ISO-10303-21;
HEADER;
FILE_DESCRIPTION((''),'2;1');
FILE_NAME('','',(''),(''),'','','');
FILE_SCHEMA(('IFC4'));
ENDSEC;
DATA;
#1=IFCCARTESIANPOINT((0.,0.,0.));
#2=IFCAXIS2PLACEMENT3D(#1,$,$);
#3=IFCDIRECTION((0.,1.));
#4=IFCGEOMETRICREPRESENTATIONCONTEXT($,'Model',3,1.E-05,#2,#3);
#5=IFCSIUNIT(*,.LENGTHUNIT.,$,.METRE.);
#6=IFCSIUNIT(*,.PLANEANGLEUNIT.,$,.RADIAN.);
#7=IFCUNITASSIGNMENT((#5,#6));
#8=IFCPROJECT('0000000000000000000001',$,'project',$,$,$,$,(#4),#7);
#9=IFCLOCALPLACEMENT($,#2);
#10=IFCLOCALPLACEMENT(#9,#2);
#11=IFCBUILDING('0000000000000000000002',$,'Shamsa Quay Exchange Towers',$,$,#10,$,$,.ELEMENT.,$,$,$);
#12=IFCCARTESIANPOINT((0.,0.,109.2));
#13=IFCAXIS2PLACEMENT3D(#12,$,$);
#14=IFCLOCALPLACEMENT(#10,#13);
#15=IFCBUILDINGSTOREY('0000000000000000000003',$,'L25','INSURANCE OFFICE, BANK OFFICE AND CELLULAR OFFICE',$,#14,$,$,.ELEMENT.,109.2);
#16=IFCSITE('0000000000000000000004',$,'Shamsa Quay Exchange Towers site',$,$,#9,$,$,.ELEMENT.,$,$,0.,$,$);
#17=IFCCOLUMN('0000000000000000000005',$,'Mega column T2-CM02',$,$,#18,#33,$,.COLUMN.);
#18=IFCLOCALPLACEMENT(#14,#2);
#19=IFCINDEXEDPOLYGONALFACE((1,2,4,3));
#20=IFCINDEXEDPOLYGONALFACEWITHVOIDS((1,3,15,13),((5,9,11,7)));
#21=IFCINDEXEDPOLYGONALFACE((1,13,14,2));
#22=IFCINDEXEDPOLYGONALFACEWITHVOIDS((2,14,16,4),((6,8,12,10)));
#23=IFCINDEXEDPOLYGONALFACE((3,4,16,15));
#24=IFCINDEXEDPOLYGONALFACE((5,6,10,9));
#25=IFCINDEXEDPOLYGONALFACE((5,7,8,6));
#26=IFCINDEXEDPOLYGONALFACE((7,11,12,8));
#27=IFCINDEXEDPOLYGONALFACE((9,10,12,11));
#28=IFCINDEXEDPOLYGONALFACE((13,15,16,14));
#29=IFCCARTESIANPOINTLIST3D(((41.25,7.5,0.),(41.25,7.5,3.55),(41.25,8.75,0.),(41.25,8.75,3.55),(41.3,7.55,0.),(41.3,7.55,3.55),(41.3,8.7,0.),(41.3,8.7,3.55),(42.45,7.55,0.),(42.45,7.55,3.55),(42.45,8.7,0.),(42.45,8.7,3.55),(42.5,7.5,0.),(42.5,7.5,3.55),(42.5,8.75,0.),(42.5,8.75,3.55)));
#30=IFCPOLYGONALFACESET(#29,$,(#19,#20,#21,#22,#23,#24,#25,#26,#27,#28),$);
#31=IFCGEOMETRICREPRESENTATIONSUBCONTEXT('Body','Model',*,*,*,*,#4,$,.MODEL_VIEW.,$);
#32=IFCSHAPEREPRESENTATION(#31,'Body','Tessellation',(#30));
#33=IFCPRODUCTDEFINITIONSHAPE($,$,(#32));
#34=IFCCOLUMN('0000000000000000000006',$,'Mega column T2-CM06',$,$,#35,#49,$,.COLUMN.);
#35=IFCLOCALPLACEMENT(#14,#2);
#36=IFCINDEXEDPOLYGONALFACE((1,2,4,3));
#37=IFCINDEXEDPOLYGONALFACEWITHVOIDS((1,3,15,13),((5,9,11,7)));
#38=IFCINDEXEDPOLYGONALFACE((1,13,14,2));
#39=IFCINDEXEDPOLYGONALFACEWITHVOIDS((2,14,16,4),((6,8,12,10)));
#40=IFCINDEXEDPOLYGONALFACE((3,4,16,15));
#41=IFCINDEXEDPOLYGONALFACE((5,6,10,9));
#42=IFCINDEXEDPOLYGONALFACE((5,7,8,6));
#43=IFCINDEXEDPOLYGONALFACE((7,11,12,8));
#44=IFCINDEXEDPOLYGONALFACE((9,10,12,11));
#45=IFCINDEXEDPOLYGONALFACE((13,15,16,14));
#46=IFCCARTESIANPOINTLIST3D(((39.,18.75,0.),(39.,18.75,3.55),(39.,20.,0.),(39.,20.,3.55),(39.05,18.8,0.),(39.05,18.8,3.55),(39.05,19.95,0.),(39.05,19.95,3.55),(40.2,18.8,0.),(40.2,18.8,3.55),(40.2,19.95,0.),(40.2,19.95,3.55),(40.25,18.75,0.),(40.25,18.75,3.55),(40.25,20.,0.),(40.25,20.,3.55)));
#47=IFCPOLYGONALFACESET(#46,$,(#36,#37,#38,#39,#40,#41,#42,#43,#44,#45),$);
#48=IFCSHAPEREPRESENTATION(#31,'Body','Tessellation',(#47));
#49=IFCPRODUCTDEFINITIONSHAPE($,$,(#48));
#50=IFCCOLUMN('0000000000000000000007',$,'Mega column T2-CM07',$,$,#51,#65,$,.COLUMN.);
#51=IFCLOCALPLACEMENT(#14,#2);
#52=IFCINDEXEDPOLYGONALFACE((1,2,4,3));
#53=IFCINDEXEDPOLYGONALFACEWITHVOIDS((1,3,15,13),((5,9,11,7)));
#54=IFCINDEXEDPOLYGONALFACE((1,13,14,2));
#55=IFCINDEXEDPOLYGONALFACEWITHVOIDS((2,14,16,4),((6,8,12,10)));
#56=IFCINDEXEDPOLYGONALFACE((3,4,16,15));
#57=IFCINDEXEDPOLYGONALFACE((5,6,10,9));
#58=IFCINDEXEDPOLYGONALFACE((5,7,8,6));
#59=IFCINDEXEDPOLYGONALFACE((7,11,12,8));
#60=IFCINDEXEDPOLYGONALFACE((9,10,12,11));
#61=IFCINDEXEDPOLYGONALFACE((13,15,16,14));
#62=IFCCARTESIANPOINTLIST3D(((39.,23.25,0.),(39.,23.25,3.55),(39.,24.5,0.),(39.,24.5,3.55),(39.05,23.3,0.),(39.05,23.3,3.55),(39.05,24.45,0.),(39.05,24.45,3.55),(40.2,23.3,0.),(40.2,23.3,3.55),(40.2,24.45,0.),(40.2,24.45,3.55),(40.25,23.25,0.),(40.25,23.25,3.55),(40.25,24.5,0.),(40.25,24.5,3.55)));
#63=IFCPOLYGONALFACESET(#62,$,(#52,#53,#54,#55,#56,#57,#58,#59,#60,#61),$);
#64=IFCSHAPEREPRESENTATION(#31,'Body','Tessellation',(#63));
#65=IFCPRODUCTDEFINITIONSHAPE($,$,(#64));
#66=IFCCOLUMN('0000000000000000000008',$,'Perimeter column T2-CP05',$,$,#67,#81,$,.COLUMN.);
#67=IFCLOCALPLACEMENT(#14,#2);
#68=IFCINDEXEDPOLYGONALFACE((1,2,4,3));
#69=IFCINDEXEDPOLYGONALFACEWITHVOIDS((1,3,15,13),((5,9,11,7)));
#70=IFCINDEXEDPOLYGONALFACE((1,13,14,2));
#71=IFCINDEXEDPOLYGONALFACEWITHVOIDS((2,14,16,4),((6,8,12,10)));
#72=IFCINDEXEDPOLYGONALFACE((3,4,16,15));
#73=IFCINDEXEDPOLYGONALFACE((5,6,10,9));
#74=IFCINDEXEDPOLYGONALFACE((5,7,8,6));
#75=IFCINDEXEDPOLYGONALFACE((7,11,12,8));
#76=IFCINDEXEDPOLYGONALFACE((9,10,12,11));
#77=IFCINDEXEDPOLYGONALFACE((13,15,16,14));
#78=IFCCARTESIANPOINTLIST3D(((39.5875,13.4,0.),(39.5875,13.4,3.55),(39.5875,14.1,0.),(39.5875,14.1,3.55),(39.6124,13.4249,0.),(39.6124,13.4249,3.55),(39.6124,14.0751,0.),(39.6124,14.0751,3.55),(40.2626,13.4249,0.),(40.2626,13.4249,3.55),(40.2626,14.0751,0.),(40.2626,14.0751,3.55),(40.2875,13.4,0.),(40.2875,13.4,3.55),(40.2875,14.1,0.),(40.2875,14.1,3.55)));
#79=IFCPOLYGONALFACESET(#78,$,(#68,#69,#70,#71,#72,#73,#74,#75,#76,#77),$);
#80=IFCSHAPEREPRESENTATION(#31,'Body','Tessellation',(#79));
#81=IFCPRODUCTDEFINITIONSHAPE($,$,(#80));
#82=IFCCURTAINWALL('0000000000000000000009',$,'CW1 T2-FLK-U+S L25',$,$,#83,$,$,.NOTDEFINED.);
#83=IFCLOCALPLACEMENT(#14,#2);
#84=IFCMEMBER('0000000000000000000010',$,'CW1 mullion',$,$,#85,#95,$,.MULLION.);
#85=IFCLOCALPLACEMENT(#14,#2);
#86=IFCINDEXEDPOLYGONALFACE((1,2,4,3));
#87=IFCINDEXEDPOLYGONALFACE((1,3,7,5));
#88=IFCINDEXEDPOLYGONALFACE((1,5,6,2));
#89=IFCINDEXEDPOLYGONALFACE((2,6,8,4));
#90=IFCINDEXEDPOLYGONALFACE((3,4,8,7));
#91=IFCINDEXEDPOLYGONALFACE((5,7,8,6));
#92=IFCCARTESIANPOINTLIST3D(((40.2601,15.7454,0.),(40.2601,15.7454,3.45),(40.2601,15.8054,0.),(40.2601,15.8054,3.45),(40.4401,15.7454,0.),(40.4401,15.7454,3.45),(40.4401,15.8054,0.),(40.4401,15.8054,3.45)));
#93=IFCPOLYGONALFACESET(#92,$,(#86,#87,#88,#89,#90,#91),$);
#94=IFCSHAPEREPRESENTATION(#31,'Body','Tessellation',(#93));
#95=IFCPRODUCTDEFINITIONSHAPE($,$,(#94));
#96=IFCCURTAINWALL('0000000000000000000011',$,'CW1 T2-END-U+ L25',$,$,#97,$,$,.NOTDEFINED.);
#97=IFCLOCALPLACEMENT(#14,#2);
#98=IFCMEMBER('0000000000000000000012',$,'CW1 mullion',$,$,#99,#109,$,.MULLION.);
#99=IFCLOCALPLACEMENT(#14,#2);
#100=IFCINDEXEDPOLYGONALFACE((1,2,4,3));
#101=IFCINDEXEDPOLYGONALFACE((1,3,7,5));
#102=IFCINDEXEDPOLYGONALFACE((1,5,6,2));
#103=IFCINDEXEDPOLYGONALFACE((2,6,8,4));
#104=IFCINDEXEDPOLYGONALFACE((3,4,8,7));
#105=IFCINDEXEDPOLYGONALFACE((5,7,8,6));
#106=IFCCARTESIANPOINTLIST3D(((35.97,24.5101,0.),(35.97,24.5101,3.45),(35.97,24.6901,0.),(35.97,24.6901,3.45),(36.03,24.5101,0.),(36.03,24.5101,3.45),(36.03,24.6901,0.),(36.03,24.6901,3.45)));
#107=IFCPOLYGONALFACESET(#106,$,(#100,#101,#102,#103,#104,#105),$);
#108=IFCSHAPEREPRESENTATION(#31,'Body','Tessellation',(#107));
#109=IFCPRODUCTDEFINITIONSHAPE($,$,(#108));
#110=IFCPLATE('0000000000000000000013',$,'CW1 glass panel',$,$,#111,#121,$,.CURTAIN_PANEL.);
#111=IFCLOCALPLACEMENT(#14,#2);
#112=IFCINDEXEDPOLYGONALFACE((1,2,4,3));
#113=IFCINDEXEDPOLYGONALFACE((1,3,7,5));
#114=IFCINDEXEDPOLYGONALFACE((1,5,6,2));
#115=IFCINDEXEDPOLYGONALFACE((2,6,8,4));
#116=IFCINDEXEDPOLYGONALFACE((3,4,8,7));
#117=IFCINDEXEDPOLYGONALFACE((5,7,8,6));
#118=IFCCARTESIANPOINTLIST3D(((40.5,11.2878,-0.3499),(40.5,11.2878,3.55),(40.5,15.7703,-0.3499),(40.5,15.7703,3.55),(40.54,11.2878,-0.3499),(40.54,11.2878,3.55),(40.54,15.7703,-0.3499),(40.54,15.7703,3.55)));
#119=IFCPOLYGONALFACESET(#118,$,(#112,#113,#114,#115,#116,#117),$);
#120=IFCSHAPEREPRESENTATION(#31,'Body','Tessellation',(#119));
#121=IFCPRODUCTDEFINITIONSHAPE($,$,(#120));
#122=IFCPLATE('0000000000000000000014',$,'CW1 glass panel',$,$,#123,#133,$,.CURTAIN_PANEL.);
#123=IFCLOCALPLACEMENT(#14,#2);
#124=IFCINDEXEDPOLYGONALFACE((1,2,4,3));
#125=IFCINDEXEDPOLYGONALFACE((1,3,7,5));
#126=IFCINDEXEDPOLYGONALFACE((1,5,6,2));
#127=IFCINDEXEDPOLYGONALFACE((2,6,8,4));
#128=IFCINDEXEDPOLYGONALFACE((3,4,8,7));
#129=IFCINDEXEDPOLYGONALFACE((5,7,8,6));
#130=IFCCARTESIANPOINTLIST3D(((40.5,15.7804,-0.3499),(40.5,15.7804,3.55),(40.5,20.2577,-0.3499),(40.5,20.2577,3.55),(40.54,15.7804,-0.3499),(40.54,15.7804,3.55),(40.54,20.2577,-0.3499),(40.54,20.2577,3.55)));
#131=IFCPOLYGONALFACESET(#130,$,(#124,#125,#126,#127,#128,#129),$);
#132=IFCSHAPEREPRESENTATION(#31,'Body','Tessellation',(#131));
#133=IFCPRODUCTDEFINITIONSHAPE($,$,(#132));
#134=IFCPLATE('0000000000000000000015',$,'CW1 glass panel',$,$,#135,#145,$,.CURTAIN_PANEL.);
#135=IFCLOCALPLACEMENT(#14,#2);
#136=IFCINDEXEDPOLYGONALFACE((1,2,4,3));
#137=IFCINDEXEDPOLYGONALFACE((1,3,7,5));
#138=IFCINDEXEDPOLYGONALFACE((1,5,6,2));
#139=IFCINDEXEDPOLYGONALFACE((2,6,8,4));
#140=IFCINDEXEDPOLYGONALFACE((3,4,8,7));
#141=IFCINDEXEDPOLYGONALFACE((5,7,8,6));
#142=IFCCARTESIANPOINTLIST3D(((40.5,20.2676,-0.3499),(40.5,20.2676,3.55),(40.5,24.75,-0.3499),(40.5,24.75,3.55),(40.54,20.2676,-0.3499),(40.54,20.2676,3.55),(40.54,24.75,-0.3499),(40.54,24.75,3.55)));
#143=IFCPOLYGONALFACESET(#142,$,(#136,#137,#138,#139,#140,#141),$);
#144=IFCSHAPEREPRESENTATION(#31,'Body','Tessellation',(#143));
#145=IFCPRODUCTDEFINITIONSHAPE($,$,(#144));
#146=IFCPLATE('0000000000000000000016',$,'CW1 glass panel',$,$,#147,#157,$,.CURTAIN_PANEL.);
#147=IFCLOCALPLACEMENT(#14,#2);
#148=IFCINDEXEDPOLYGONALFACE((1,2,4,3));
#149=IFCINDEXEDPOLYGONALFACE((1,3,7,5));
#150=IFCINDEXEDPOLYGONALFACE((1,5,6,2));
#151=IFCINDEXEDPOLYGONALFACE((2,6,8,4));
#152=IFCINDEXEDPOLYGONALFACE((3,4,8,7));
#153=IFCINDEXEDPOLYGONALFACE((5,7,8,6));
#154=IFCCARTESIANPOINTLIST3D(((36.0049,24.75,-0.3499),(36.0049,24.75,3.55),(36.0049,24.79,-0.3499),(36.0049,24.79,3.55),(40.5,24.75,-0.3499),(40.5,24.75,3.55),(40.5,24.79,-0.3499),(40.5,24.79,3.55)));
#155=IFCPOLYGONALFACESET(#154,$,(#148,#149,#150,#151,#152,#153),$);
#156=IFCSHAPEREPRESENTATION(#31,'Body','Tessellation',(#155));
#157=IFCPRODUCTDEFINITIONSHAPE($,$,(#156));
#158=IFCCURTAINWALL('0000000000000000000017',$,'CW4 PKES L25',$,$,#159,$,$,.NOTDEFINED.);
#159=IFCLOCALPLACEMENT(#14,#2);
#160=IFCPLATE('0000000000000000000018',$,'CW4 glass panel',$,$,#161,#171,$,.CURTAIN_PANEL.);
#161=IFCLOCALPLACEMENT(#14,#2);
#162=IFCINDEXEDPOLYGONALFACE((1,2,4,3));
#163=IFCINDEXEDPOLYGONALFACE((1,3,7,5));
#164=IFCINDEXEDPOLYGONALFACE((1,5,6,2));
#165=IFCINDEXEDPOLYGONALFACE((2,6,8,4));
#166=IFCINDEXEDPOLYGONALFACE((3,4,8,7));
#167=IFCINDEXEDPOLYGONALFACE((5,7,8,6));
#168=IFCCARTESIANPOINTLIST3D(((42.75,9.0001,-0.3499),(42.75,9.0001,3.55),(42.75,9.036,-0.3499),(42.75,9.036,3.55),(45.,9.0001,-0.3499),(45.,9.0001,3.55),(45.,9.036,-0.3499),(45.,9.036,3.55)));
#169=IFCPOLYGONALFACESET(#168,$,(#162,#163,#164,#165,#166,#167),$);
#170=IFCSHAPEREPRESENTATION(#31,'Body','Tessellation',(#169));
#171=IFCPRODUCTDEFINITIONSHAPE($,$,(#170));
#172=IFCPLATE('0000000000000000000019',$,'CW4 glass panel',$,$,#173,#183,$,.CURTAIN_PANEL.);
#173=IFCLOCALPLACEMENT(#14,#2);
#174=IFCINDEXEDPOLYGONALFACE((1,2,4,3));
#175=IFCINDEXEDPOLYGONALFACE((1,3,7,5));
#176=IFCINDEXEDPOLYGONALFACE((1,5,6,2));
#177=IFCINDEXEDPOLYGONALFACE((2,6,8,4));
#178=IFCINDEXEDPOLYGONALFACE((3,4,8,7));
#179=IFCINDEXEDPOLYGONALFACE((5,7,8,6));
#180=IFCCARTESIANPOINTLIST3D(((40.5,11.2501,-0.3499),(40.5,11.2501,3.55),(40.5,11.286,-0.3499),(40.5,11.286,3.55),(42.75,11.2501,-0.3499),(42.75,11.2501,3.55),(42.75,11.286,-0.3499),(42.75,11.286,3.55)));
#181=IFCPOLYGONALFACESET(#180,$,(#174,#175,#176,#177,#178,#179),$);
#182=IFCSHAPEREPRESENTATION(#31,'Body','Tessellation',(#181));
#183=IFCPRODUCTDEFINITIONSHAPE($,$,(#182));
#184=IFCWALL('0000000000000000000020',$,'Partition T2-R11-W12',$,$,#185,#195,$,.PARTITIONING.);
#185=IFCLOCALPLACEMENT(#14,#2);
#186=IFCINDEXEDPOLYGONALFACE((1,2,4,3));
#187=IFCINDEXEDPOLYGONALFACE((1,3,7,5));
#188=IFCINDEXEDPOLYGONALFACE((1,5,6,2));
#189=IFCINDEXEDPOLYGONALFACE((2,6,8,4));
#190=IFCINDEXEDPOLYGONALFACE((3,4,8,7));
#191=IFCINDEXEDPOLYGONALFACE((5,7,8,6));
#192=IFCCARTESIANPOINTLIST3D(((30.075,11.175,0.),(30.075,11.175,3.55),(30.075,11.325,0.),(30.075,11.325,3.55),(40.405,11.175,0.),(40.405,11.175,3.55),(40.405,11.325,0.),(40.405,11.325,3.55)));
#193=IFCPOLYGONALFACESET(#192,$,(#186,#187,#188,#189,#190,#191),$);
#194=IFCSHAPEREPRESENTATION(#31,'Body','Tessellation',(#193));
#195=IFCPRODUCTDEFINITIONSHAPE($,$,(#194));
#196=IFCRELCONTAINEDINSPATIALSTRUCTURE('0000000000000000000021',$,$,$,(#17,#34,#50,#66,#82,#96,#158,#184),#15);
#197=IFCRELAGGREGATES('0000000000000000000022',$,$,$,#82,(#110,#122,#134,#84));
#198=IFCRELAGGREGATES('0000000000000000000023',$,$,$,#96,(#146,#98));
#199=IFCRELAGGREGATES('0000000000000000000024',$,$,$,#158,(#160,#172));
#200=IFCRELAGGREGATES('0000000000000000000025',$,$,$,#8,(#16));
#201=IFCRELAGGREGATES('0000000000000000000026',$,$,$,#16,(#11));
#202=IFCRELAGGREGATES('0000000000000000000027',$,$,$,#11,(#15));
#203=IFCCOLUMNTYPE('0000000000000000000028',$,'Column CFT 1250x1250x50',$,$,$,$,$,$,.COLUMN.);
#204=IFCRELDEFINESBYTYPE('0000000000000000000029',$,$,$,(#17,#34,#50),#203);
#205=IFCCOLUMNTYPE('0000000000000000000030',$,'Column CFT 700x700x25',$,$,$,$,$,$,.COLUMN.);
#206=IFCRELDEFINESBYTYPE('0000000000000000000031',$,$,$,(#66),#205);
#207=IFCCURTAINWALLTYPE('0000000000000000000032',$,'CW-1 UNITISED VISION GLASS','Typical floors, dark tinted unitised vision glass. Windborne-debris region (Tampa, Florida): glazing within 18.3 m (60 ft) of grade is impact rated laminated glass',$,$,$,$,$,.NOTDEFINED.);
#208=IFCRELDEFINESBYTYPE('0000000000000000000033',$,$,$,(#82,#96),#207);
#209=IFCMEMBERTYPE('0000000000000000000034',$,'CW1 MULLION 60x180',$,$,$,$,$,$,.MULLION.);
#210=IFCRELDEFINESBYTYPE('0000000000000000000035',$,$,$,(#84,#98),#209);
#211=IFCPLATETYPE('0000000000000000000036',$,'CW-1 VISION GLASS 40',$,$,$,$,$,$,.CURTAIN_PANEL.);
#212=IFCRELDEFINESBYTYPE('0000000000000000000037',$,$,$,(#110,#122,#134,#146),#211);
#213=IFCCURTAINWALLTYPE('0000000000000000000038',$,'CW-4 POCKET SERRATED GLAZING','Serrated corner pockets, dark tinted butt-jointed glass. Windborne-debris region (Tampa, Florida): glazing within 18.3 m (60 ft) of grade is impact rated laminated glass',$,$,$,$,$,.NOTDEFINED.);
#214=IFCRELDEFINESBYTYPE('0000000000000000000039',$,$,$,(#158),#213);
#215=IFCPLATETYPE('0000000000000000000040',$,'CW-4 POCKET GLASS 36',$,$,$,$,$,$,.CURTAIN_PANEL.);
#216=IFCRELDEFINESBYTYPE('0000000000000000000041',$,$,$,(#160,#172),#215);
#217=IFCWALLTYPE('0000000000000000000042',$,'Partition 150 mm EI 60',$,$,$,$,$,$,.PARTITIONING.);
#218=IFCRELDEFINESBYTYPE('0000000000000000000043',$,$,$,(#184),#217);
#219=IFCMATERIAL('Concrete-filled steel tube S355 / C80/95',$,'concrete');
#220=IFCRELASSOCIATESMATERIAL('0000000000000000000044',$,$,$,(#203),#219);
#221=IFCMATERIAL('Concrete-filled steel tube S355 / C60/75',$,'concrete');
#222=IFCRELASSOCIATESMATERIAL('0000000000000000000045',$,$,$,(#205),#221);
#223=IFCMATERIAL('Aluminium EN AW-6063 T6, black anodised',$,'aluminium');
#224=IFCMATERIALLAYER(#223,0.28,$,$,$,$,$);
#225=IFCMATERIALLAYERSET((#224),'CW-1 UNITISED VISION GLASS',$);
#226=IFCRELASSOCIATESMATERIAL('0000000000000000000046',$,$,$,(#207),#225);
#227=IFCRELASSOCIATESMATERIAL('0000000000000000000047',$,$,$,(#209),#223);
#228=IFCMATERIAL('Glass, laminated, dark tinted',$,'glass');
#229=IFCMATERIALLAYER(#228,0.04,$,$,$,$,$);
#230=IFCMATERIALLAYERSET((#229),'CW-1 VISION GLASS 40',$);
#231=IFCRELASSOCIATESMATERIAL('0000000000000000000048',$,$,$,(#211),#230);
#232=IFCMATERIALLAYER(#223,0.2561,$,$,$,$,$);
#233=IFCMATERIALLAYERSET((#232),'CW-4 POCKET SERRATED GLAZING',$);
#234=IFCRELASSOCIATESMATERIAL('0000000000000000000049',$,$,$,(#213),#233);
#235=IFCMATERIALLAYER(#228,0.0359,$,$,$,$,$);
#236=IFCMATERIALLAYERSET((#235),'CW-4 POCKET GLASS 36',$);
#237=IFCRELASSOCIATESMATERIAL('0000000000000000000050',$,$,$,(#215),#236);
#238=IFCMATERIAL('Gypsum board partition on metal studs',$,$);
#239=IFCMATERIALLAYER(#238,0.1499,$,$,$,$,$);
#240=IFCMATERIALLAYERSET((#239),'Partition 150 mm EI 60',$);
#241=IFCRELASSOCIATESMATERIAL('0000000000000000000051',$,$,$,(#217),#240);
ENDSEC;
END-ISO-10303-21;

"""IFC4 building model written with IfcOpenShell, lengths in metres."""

from ifc_helpers import new_model, si_unit, direction, frame, frame_2d, origin, origin_2d, place, context, subcontext, project, spatial, rectangle, hollow_rectangle, extrude, material, layer, layer_set, material_profile, profile_set, type_object, element, aggregate, save


model = new_model("IFC4")

# Units and contexts
model_context = context("Model", 3, precision=1e-05, world=origin(), true_north=direction((0.0, 1.0)))
body_context = subcontext(model_context, "Body", "Model", "MODEL_VIEW")
ifc_project = project(units=[si_unit("LENGTHUNIT", "METRE"), si_unit("PLANEANGLEUNIT", "RADIAN")], contexts=[model_context])

# Site, building, storey
site_placement = place(None, origin())
site = spatial("IfcSite", under=ifc_project, at=site_placement, Name="Shamsa Quay Exchange Towers site", CompositionType="ELEMENT", RefElevation=0.0)
building_placement = place(site_placement, origin())
building = spatial("IfcBuilding", under=site, at=building_placement, Name="Shamsa Quay Exchange Towers", CompositionType="ELEMENT")
storey_placement = place(building_placement, frame((0.0, 0.0, 109.2)))
storey = spatial("IfcBuildingStorey", under=building, at=storey_placement, Name="L25", Description="INSURANCE OFFICE, BANK OFFICE AND CELLULAR OFFICE", CompositionType="ELEMENT", Elevation=109.2)

# Columns
ifc_material_1 = material(Name="Concrete-filled steel tube S355 / C80/95", Category="concrete")
ifc_material_profile_1 = material_profile(ifc_material_1, hollow_rectangle(XDim=1.25, YDim=1.25, WallThickness=0.05, at=origin_2d()), Name="CFT 1250x1250x50")
ifc_profile_set_1 = profile_set([ifc_material_profile_1], Name="Concrete-filled steel tube S355 / C80/95")
column_type_1 = type_object("IfcColumnType", Name="Column CFT 1250x1250x50", PredefinedType="COLUMN", material=ifc_profile_set_1)
for number, where, name in (
    (1, (41.875, 8.125, 0.0), "Mega column T2-CM02"),
    (2, (39.625, 19.375, 0.0), "Mega column T2-CM06"),
    (3, (39.625, 23.875, 0.0), "Mega column T2-CM07"),
):
    element("IfcColumn", number, at=place(storey_placement, frame(where)), inside=storey, type_object=column_type_1, Name=name, PredefinedType="COLUMN", context=body_context, shape_type="SweptSolid", body=[
        extrude(hollow_rectangle(XDim=1.25, YDim=1.25, WallThickness=0.05, at=origin_2d()), origin(), (0.0, 0.0, 1.0), 3.55),
    ])
ifc_material_2 = material(Name="Concrete-filled steel tube S355 / C60/75", Category="concrete")
ifc_material_profile_2 = material_profile(ifc_material_2, hollow_rectangle(XDim=0.7, YDim=0.7, WallThickness=0.0249, at=origin_2d()), Name="CFT 700x700x25")
ifc_profile_set_2 = profile_set([ifc_material_profile_2], Name="Concrete-filled steel tube S355 / C60/75")
column_type_2 = type_object("IfcColumnType", Name="Column CFT 700x700x25", PredefinedType="COLUMN", material=ifc_profile_set_2)
column_placement = place(storey_placement, frame((39.9375, 13.75, 0.0)))
element("IfcColumn", 4, at=column_placement, inside=storey, type_object=column_type_2, Name="Perimeter column T2-CP05", PredefinedType="COLUMN", context=body_context, shape_type="SweptSolid", body=[
    extrude(hollow_rectangle(XDim=0.7, YDim=0.7, WallThickness=0.0249, at=origin_2d()), origin(), (0.0, 0.0, 1.0), 3.55),
])

# Curtain walls, members
ifc_material_3 = material(Name="Aluminium EN AW-6063 T6, black anodised", Category="aluminium")
ifc_layer_1 = layer(ifc_material_3, 0.28)
ifc_layer_set_1 = layer_set([ifc_layer_1], Name="CW-1 UNITISED VISION GLASS")
curtain_wall_type_1 = type_object("IfcCurtainWallType", Name="CW-1 UNITISED VISION GLASS", Description="Typical floors, dark tinted unitised vision glass. Windborne-debris region (Tampa, Florida): glazing within 18.3 m (60 ft) of grade is impact rated laminated glass", PredefinedType="NOTDEFINED", material=ifc_layer_set_1)
curtain_wall_1_placement = place(storey_placement, origin())
curtain_wall_1 = element("IfcCurtainWall", 5, at=curtain_wall_1_placement, inside=storey, type_object=curtain_wall_type_1, Name="CW1 T2-FLK-U+S L25", PredefinedType="NOTDEFINED")
ifc_material_profile_3 = material_profile(ifc_material_3, rectangle(XDim=0.1799, YDim=0.0601, at=origin_2d()), Name="MU60x180")
ifc_profile_set_3 = profile_set([ifc_material_profile_3], Name="Aluminium EN AW-6063 T6, black anodised")
member_type = type_object("IfcMemberType", Name="CW1 MULLION 60x180", PredefinedType="MULLION", material=ifc_profile_set_3)
member_1_placement = place(storey_placement, frame((40.3501, 15.7754, 0.0), z_axis=(0.0, 0.0, 1.0), x_axis=(-1.0, 0.0, 0.0)))
member_1 = element("IfcMember", 6, at=member_1_placement, type_object=member_type, Name="CW1 mullion", PredefinedType="MULLION", context=body_context, shape_type="SweptSolid", body=[
    extrude(rectangle(XDim=0.1799, YDim=0.0601, at=origin_2d()), origin(), (0.0, 0.0, 1.0), 3.45),
])
curtain_wall_2_placement = place(storey_placement, origin())
curtain_wall_2 = element("IfcCurtainWall", 7, at=curtain_wall_2_placement, inside=storey, type_object=curtain_wall_type_1, Name="CW1 T2-END-U+ L25", PredefinedType="NOTDEFINED")
member_2_placement = place(storey_placement, frame((36.0, 24.6001, 0.0), z_axis=(0.0, 0.0, 1.0), x_axis=(0.0, -1.0, 0.0)))
member_2 = element("IfcMember", 8, at=member_2_placement, type_object=member_type, Name="CW1 mullion", PredefinedType="MULLION", context=body_context, shape_type="SweptSolid", body=[
    extrude(rectangle(XDim=0.1799, YDim=0.0601, at=origin_2d()), origin(), (0.0, 0.0, 1.0), 3.45),
])

# Plates
ifc_material_4 = material(Name="Glass, laminated, dark tinted", Category="glass")
ifc_layer_2 = layer(ifc_material_4, 0.04)
ifc_layer_set_2 = layer_set([ifc_layer_2], Name="CW-1 VISION GLASS 40")
plate_type_1 = type_object("IfcPlateType", Name="CW-1 VISION GLASS 40", PredefinedType="CURTAIN_PANEL", material=ifc_layer_set_2)
plate_1_placement = place(storey_placement, frame((40.52, 13.5291, -0.3499), z_axis=(0.0, 0.0, 1.0), x_axis=(0.0, 1.0, 0.0)))
plate_1 = element("IfcPlate", 9, at=plate_1_placement, type_object=plate_type_1, Name="CW1 glass panel", PredefinedType="CURTAIN_PANEL", context=body_context, shape_type="SweptSolid", body=[
    extrude(rectangle(XDim=4.4824, YDim=0.04, at=origin_2d()), origin(), (0.0, 0.0, 1.0), 3.8999),
])
plate_2_placement = place(storey_placement, frame((40.52, 18.019, -0.3499), z_axis=(0.0, 0.0, 1.0), x_axis=(0.0, 1.0, 0.0)))
plate_2 = element("IfcPlate", 10, at=plate_2_placement, type_object=plate_type_1, Name="CW1 glass panel", PredefinedType="CURTAIN_PANEL", context=body_context, shape_type="SweptSolid", body=[
    extrude(rectangle(XDim=4.4773, YDim=0.04, at=origin_2d()), origin(), (0.0, 0.0, 1.0), 3.8999),
])
plate_3_placement = place(storey_placement, frame((40.52, 22.5088, -0.3499), z_axis=(0.0, 0.0, 1.0), x_axis=(0.0, 1.0, 0.0)))
plate_3 = element("IfcPlate", 11, at=plate_3_placement, type_object=plate_type_1, Name="CW1 glass panel", PredefinedType="CURTAIN_PANEL", context=body_context, shape_type="SweptSolid", body=[
    extrude(rectangle(XDim=4.4824, YDim=0.04, at=origin_2d()), origin(), (0.0, 0.0, 1.0), 3.8999),
])
aggregate(curtain_wall_1, [plate_1, plate_2, plate_3, member_1])
plate_4_placement = place(storey_placement, frame((38.2524, 24.77, -0.3499), z_axis=(0.0, 0.0, 1.0), x_axis=(-1.0, 0.0, 0.0)))
plate_4 = element("IfcPlate", 12, at=plate_4_placement, type_object=plate_type_1, Name="CW1 glass panel", PredefinedType="CURTAIN_PANEL", context=body_context, shape_type="SweptSolid", body=[
    extrude(rectangle(XDim=4.4951, YDim=0.04, at=origin_2d()), origin(), (0.0, 0.0, 1.0), 3.8999),
])
aggregate(curtain_wall_2, [plate_4, member_2])

# Curtain wall, plates
ifc_layer_3 = layer(ifc_material_3, 0.2561)
ifc_layer_set_3 = layer_set([ifc_layer_3], Name="CW-4 POCKET SERRATED GLAZING")
curtain_wall_type_2 = type_object("IfcCurtainWallType", Name="CW-4 POCKET SERRATED GLAZING", Description="Serrated corner pockets, dark tinted butt-jointed glass. Windborne-debris region (Tampa, Florida): glazing within 18.3 m (60 ft) of grade is impact rated laminated glass", PredefinedType="NOTDEFINED", material=ifc_layer_set_3)
curtain_wall_3_placement = place(storey_placement, origin())
curtain_wall_3 = element("IfcCurtainWall", 13, at=curtain_wall_3_placement, inside=storey, type_object=curtain_wall_type_2, Name="CW4 PKES L25", PredefinedType="NOTDEFINED")
ifc_layer_4 = layer(ifc_material_4, 0.0359)
ifc_layer_set_4 = layer_set([ifc_layer_4], Name="CW-4 POCKET GLASS 36")
plate_type_2 = type_object("IfcPlateType", Name="CW-4 POCKET GLASS 36", PredefinedType="CURTAIN_PANEL", material=ifc_layer_set_4)
plate_5_placement = place(storey_placement, frame((43.875, 9.0181, -0.3499), z_axis=(0.0, 0.0, 1.0), x_axis=(-1.0, 0.0, 0.0)))
plate_5 = element("IfcPlate", 14, at=plate_5_placement, type_object=plate_type_2, Name="CW4 glass panel", PredefinedType="CURTAIN_PANEL", context=body_context, shape_type="SweptSolid", body=[
    extrude(rectangle(XDim=2.25, YDim=0.0359, at=origin_2d()), origin(), (0.0, 0.0, 1.0), 3.8999),
])
plate_6_placement = place(storey_placement, frame((41.625, 11.2681, -0.3499), z_axis=(0.0, 0.0, 1.0), x_axis=(-1.0, 0.0, 0.0)))
plate_6 = element("IfcPlate", 15, at=plate_6_placement, type_object=plate_type_2, Name="CW4 glass panel", PredefinedType="CURTAIN_PANEL", context=body_context, shape_type="SweptSolid", body=[
    extrude(rectangle(XDim=2.25, YDim=0.0359, at=origin_2d()), origin(), (0.0, 0.0, 1.0), 3.8999),
])
aggregate(curtain_wall_3, [plate_5, plate_6])

# Wall
ifc_material_5 = material(Name="Gypsum board partition on metal studs")
ifc_layer_5 = layer(ifc_material_5, 0.1499)
ifc_layer_set_5 = layer_set([ifc_layer_5], Name="Partition 150 mm EI 60")
wall_type_1 = type_object("IfcWallType", Name="Partition 150 mm EI 60", PredefinedType="PARTITIONING", material=ifc_layer_set_5)
for number, where, z_axis, x_axis, name in (
    (16, (40.405, 11.25, 0.0), (0.0, 0.0, 1.0), (-1.0, 0.0, 0.0), "Partition T2-R11-W12"),
):
    element("IfcWall", number, at=place(storey_placement, frame(where, z_axis=z_axis, x_axis=x_axis)), inside=storey, type_object=wall_type_1, Name=name, PredefinedType="PARTITIONING", context=body_context, shape_type="SweptSolid", body=[
        extrude(rectangle(XDim=10.3301, YDim=0.1499, at=frame_2d((5.165, 0.0))), origin(), (0.0, 0.0, 1.0), 3.55),
    ])

save(model, "model.ifc")
